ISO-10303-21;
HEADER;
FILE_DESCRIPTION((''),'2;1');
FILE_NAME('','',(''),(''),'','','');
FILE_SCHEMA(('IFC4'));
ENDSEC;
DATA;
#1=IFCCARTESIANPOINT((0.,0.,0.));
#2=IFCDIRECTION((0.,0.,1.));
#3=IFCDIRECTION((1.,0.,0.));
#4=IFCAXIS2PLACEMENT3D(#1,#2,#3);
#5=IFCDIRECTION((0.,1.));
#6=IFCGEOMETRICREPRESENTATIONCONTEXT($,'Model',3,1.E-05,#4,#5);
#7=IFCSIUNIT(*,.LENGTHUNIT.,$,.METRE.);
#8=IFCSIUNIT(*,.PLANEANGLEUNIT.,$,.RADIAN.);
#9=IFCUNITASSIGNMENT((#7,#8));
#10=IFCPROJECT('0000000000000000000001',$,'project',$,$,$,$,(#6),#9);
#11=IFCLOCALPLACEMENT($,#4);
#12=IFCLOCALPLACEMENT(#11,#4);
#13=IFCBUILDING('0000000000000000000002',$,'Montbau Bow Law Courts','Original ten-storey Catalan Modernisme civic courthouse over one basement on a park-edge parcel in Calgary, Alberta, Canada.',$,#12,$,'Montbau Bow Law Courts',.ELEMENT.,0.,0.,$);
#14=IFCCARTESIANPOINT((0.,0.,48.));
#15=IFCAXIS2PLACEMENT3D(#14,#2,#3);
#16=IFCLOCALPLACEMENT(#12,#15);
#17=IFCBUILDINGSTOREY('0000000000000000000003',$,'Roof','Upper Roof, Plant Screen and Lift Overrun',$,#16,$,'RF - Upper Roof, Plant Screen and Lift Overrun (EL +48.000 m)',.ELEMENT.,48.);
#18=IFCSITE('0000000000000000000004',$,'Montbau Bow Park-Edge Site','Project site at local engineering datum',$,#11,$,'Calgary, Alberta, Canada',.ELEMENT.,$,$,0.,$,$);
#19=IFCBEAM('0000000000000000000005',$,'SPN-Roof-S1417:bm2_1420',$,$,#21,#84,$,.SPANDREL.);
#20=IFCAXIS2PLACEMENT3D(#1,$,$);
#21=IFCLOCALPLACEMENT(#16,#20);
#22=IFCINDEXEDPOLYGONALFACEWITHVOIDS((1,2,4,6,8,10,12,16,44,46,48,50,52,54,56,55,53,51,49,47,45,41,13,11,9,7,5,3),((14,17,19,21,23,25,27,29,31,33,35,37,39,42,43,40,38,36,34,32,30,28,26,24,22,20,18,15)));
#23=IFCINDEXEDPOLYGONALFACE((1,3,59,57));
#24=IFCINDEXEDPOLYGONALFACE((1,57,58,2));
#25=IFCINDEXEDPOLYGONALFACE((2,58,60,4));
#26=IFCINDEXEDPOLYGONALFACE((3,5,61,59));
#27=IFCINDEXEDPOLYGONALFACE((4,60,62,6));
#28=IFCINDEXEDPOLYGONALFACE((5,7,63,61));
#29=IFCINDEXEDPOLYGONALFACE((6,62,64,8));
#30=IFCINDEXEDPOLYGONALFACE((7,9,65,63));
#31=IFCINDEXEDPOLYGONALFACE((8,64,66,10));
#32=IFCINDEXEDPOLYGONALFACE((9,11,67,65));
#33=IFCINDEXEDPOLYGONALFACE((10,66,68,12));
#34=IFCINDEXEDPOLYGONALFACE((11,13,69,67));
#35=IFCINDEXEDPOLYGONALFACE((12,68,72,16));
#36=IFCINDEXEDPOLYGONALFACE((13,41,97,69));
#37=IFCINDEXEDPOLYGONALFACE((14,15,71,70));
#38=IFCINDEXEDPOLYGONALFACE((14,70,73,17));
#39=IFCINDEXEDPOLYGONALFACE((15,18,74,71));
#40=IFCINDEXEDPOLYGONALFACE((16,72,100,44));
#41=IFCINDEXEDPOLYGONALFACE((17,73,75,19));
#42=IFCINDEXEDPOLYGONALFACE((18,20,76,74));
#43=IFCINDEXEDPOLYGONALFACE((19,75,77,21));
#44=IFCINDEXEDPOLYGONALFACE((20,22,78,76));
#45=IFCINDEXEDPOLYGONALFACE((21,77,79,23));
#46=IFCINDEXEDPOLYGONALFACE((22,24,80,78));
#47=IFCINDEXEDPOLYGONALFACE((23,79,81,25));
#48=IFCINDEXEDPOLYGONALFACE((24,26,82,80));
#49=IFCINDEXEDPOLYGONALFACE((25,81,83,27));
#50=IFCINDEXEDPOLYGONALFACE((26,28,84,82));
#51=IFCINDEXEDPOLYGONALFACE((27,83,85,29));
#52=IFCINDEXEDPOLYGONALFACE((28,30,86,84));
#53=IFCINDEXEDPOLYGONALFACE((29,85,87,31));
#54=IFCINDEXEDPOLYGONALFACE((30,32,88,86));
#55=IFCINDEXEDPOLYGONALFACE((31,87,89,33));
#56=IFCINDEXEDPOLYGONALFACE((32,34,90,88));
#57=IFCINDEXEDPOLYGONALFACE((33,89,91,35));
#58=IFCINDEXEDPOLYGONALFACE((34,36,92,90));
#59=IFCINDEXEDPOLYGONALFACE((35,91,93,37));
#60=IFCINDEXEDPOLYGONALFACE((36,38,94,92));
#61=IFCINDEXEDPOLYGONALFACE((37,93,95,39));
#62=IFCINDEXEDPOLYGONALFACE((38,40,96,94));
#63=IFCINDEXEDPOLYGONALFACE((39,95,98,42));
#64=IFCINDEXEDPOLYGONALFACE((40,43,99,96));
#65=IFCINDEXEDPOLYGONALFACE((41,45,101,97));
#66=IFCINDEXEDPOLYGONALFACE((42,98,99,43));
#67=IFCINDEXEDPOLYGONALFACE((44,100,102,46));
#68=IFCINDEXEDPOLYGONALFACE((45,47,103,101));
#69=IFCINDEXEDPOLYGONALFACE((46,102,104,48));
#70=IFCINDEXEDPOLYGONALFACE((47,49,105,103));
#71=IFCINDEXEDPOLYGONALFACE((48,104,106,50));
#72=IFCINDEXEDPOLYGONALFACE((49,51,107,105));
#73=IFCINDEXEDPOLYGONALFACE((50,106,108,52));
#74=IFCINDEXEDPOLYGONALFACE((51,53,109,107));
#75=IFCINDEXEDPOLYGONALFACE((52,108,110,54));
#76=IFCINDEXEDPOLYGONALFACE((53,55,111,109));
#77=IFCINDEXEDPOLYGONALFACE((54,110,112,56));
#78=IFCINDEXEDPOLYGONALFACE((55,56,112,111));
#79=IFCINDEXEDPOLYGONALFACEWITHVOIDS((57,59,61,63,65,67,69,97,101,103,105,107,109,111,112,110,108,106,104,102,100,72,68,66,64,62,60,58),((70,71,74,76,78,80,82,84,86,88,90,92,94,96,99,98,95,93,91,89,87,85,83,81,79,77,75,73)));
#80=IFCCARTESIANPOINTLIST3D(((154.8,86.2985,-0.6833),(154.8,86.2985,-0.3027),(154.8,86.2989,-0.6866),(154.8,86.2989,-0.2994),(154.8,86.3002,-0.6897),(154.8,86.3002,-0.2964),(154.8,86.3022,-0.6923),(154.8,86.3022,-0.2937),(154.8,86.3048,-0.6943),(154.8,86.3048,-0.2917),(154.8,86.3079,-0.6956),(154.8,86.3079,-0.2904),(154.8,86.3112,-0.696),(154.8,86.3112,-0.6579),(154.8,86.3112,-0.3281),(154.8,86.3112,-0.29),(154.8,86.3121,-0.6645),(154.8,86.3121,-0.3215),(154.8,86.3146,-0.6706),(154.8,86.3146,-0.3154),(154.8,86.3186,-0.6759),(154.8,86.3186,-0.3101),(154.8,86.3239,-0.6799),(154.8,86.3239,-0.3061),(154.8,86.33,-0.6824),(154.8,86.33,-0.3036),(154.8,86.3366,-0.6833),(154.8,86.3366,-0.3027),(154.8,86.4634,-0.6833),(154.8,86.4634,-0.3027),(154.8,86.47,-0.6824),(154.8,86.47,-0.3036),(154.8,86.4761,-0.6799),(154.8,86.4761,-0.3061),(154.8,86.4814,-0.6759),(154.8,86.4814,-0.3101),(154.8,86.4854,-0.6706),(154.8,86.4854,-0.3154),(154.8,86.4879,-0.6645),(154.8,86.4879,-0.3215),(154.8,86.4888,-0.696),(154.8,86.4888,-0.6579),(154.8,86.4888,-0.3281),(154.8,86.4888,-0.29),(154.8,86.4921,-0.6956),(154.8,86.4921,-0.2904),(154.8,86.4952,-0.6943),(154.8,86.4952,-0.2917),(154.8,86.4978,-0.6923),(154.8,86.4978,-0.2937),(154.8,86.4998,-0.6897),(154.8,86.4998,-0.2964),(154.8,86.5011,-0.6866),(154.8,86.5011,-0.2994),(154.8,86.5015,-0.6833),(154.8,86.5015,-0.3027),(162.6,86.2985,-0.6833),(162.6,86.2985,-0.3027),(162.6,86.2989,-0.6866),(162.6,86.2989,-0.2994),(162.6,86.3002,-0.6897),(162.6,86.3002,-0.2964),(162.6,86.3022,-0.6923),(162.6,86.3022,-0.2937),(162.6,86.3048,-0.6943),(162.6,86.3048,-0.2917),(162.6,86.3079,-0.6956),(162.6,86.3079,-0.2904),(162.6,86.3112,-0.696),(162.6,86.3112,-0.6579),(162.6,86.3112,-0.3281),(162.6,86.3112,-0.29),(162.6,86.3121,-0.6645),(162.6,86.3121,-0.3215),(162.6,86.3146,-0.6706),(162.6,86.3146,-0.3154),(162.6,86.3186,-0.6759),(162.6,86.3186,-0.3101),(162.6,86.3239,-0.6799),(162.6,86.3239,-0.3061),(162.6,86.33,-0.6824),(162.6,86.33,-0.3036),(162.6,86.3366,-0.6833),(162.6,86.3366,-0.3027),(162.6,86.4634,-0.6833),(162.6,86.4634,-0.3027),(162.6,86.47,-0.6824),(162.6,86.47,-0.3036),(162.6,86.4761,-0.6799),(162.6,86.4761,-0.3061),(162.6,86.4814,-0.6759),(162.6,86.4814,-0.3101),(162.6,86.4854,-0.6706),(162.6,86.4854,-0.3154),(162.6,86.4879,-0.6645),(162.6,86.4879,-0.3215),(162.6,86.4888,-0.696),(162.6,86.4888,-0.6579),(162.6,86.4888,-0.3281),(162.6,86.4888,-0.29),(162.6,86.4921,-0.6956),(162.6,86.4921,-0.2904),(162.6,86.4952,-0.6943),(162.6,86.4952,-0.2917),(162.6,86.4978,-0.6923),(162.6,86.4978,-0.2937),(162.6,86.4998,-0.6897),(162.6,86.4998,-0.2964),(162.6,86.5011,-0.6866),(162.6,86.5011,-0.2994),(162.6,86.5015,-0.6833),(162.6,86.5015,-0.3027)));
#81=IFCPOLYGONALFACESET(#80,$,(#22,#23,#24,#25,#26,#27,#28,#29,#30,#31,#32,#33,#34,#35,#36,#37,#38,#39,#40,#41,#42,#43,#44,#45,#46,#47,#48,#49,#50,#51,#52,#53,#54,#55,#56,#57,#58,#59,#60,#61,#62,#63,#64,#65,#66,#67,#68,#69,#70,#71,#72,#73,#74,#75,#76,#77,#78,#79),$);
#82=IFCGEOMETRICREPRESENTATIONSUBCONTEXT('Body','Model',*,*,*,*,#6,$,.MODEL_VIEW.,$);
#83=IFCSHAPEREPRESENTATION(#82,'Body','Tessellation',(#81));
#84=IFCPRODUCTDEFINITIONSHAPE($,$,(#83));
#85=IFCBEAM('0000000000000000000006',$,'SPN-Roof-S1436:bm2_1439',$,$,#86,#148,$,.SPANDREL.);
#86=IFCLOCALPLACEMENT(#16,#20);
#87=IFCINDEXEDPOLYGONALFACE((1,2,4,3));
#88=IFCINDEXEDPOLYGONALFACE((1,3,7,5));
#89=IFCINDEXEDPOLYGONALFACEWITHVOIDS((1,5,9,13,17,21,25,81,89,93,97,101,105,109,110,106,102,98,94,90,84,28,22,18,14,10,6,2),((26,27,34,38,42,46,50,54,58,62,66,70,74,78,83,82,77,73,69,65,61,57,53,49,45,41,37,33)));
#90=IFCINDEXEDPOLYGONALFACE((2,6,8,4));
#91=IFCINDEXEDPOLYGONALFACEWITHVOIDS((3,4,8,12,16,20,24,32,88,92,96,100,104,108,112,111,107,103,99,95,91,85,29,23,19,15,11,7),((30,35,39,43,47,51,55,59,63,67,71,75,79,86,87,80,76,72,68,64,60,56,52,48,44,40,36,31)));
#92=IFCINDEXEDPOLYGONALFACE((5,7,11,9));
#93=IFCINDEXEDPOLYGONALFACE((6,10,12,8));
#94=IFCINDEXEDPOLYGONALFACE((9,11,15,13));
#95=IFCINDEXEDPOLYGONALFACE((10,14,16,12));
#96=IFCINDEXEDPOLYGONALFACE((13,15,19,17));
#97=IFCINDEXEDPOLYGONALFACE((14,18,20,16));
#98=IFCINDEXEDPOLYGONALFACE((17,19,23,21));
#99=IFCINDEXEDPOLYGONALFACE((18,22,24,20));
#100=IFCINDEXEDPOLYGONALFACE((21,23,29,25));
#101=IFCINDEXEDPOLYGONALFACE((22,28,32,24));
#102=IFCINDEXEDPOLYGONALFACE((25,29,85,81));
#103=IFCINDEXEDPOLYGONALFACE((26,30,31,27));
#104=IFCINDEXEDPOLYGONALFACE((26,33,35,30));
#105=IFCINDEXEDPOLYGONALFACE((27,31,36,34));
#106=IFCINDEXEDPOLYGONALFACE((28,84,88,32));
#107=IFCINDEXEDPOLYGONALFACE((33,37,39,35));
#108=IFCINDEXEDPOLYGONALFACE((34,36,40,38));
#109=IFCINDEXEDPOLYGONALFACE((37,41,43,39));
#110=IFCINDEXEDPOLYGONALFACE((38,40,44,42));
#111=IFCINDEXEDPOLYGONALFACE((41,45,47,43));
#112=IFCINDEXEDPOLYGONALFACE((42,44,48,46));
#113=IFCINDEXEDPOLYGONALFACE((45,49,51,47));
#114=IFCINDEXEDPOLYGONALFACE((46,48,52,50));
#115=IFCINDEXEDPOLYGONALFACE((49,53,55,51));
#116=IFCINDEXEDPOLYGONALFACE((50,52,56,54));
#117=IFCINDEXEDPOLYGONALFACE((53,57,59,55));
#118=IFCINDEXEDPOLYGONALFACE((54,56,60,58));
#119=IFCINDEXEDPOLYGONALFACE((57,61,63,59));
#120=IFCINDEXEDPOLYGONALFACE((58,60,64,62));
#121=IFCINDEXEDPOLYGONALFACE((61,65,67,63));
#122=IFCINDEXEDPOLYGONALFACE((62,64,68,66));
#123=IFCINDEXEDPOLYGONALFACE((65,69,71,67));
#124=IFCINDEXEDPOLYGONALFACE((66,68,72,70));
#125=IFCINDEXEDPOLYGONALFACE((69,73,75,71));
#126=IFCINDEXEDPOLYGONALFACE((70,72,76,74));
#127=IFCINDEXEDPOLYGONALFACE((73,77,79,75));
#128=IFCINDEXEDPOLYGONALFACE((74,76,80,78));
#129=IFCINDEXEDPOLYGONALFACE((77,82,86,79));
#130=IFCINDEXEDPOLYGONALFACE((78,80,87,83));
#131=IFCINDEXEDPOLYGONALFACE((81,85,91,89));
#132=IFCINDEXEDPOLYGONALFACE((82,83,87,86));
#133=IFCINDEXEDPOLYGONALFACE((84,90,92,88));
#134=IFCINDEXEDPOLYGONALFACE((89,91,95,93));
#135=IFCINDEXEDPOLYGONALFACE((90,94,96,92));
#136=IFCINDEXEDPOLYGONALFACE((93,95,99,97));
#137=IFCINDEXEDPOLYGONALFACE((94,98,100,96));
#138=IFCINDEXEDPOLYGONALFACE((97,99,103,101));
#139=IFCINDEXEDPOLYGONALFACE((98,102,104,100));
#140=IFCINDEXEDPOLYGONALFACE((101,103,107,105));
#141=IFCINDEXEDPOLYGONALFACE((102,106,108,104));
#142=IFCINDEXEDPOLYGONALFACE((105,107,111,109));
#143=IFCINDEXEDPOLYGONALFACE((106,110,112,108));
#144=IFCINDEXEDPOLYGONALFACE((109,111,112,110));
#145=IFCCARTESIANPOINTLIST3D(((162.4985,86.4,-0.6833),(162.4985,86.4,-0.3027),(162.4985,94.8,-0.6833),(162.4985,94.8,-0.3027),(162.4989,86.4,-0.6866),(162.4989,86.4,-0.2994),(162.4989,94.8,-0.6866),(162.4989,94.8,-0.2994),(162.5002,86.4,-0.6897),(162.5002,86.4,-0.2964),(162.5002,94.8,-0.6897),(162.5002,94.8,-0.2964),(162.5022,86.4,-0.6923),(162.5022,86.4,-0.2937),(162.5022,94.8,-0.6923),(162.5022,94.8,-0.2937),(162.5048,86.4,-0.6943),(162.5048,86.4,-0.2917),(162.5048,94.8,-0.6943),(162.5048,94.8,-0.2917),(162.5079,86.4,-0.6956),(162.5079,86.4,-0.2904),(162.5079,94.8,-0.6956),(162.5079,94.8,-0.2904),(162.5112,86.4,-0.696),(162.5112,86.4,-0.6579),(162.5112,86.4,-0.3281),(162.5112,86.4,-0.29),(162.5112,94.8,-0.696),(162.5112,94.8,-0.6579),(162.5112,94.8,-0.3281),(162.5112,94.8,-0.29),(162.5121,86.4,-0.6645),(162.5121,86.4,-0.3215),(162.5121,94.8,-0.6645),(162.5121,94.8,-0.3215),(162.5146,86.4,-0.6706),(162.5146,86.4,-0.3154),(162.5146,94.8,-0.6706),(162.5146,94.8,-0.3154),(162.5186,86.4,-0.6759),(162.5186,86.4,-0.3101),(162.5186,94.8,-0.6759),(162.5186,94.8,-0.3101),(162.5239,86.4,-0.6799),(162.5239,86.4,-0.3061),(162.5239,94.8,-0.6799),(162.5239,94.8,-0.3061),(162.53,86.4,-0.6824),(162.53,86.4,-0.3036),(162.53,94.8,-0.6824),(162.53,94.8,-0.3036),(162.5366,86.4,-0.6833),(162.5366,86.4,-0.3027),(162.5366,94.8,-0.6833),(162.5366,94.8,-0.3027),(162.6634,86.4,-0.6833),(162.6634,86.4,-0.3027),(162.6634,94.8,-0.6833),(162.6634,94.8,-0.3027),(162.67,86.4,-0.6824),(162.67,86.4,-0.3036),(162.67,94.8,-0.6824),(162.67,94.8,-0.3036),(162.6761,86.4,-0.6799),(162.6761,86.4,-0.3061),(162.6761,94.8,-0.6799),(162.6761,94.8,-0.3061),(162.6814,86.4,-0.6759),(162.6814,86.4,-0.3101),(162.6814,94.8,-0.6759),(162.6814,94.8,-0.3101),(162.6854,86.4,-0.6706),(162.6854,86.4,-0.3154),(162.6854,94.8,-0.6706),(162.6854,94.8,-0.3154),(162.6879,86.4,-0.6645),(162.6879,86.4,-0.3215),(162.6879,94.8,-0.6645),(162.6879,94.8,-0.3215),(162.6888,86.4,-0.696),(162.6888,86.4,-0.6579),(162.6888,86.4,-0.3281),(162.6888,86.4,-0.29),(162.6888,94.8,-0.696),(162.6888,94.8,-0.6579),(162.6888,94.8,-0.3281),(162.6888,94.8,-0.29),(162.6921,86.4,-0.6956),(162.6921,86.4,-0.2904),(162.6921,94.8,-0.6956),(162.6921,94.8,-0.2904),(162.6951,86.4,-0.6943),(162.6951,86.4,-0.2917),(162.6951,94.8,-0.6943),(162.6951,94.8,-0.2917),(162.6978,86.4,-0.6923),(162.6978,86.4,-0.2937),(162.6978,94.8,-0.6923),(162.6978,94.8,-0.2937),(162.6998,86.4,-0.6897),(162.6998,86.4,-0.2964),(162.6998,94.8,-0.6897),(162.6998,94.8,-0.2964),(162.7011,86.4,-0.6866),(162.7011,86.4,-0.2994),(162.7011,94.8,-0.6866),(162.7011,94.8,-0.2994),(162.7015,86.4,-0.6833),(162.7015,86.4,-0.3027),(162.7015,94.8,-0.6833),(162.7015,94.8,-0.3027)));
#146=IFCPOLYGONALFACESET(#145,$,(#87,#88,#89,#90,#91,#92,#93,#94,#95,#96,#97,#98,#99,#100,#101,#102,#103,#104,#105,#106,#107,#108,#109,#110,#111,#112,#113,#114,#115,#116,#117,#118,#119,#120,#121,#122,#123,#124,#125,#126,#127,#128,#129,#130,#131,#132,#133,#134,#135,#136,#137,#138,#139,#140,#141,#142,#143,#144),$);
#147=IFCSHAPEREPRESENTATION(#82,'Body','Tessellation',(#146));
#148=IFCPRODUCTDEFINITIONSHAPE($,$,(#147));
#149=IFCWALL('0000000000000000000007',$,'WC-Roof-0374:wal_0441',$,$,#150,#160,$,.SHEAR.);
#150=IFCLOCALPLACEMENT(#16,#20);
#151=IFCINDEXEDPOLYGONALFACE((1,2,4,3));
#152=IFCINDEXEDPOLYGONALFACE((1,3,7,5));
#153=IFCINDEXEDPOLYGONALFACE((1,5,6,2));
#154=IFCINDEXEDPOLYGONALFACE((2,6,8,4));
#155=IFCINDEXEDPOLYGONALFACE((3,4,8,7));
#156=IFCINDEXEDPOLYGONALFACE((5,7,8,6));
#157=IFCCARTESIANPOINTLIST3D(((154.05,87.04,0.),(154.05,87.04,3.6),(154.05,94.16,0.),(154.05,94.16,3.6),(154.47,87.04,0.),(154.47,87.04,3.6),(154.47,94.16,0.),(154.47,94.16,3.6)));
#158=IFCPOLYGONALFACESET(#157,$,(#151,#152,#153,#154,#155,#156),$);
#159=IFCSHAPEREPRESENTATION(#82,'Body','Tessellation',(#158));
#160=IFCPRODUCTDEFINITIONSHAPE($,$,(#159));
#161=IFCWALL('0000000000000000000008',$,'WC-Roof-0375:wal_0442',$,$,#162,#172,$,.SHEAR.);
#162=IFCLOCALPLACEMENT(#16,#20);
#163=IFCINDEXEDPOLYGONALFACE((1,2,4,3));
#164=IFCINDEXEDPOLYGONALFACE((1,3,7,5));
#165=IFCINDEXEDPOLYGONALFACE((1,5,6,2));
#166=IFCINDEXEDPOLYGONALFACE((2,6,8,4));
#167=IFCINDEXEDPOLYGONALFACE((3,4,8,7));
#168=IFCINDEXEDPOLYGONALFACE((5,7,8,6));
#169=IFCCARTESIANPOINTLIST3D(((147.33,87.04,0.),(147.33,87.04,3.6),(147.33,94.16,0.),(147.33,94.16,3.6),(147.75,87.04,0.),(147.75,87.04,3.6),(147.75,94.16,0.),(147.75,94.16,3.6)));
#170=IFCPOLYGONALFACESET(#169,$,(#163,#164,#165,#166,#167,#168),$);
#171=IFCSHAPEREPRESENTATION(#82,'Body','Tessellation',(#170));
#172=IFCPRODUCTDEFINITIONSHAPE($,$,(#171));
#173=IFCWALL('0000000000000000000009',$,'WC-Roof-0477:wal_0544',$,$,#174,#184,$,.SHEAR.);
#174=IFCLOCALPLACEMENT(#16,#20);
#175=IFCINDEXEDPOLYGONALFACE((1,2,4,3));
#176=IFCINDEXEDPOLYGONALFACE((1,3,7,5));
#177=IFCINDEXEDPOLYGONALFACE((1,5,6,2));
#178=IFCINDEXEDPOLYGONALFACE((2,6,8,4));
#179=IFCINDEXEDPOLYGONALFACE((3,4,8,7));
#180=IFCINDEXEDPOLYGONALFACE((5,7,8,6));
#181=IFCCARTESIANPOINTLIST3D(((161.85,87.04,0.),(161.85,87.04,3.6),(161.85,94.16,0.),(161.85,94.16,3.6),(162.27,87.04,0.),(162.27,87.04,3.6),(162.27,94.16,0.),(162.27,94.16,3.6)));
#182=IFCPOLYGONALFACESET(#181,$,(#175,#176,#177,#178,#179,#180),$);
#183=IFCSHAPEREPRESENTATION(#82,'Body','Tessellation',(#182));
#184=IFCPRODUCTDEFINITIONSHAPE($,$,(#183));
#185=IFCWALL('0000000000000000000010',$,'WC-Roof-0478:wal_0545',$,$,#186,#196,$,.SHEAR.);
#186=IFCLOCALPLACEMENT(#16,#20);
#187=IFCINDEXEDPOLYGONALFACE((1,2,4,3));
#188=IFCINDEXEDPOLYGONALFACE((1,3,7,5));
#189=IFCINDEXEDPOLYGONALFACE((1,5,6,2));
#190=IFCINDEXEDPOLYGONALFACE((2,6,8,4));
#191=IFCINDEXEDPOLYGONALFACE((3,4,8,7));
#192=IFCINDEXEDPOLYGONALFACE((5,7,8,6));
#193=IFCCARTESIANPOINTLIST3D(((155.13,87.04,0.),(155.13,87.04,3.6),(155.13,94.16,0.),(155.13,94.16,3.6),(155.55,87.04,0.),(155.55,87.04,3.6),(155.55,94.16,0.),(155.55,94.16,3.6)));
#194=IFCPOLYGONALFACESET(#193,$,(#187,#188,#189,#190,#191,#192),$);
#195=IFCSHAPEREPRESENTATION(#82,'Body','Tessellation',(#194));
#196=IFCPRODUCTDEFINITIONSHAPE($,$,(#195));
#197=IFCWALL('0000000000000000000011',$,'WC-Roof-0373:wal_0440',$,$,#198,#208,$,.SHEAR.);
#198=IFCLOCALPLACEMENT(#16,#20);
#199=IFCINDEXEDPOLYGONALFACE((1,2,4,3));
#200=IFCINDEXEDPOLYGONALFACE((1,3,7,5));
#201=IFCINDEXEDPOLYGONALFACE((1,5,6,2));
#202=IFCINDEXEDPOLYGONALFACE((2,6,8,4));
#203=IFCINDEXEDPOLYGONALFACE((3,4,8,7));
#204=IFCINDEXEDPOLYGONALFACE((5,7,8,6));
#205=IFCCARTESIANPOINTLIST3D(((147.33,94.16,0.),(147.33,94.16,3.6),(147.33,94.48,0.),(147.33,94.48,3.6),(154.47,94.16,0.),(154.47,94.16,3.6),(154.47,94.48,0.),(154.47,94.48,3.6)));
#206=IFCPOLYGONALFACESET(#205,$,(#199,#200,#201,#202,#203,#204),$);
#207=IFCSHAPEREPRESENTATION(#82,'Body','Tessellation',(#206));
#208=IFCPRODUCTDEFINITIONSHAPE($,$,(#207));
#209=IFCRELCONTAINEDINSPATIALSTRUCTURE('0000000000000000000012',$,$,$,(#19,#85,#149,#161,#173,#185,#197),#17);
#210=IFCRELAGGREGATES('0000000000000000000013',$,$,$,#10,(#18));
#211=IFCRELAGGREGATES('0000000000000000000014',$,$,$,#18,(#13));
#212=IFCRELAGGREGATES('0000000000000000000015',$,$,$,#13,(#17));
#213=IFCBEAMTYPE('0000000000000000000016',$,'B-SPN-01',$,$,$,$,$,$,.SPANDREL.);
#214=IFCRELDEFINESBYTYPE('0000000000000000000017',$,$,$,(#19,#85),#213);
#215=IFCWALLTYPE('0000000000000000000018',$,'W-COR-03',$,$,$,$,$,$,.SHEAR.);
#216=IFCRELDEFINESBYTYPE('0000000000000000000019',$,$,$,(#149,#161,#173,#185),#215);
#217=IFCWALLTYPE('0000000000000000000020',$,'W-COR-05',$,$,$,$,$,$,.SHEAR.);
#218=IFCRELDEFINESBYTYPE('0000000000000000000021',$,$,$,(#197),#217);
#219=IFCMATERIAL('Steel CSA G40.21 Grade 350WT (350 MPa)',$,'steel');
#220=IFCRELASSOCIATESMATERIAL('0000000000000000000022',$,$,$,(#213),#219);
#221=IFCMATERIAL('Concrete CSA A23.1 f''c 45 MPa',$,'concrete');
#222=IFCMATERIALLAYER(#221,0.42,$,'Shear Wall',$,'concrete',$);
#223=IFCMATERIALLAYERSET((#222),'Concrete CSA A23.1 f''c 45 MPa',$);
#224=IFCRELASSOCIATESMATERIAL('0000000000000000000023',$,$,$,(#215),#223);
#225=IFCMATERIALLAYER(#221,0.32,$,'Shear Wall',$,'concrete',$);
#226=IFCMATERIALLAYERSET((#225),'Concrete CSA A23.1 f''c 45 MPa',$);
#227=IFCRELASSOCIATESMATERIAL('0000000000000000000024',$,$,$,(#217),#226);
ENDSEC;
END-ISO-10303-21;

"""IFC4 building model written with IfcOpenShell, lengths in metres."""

from ifc_helpers import new_model, si_unit, direction, frame, frame_2d, origin_with_axes, origin_2d_with_axis, place, context, subcontext, project, spatial, rectangle, hollow_rectangle, extrude, material, layer, layer_set, material_profile, profile_set, type_object, element, save


model = new_model("IFC4")

# Units and contexts
model_context = context("Model", 3, precision=1e-05, world=origin_with_axes(), true_north=direction((0.0, 1.0)))
body_context = subcontext(model_context, "Body", "Model", "MODEL_VIEW")
ifc_project = project(units=[si_unit("LENGTHUNIT", "METRE"), si_unit("PLANEANGLEUNIT", "RADIAN")], contexts=[model_context])

# Site, building, storey
site_placement = place(None, origin_with_axes())
site = spatial("IfcSite", under=ifc_project, at=site_placement, Name="Montbau Bow Park-Edge Site", Description="Project site at local engineering datum", LongName="Calgary, Alberta, Canada", CompositionType="ELEMENT", RefElevation=0.0)
building_placement = place(site_placement, origin_with_axes())
building = spatial("IfcBuilding", under=site, at=building_placement, Name="Montbau Bow Law Courts", Description="Original ten-storey Catalan Modernisme civic courthouse over one basement on a park-edge parcel in Calgary, Alberta, Canada.", LongName="Montbau Bow Law Courts", CompositionType="ELEMENT", ElevationOfRefHeight=0.0, ElevationOfTerrain=0.0)
storey_placement = place(building_placement, frame((0.0, 0.0, 48.0), z_axis=(0.0, 0.0, 1.0), x_axis=(1.0, 0.0, 0.0)))
storey = spatial("IfcBuildingStorey", under=building, at=storey_placement, Name="Roof", Description="Upper Roof, Plant Screen and Lift Overrun", LongName="RF - Upper Roof, Plant Screen and Lift Overrun (EL +48.000 m)", CompositionType="ELEMENT", Elevation=48.0)

# Beams
ifc_material_1 = material(Name="Steel CSA G40.21 Grade 350WT (350 MPa)", Category="steel")
ifc_material_profile_1 = material_profile(ifc_material_1, hollow_rectangle(XDim=0.203, YDim=0.406, WallThickness=0.0127, InnerFilletRadius=0.0254, OuterFilletRadius=0.0127, at=origin_2d_with_axis()), Name="HSS406X203X13", Category="Main", Priority=0)
ifc_profile_set_1 = profile_set([ifc_material_profile_1], Name="Steel CSA G40.21 Grade 350WT (350 MPa)")
beam_type_1 = type_object("IfcBeamType", Name="B-SPN-01", PredefinedType="SPANDREL", material=ifc_profile_set_1)
beam_1_placement = place(None, frame((154.8, 86.4, 47.507), z_axis=(1.0, 0.0, 0.0), x_axis=(0.0, 1.0, 0.0)))
element("IfcBeam", 1, at=beam_1_placement, inside=storey, type_object=beam_type_1, Name="SPN-Roof-S1417:bm2_1420", PredefinedType="SPANDREL", context=body_context, shape_type="SweptSolid", body=[
    extrude(hollow_rectangle(XDim=0.203, YDim=0.406, WallThickness=0.0127, InnerFilletRadius=0.0254, OuterFilletRadius=0.0127, at=origin_2d_with_axis()), origin_with_axes(), (0.0, 0.0, 1.0), 7.8),
])
beam_2_placement = place(None, frame((162.6, 86.4, 47.507), z_axis=(0.0, 1.0, 0.0), x_axis=(-1.0, 0.0, 0.0)))
element("IfcBeam", 2, at=beam_2_placement, inside=storey, type_object=beam_type_1, Name="SPN-Roof-S1436:bm2_1439", PredefinedType="SPANDREL", context=body_context, shape_type="SweptSolid", body=[
    extrude(hollow_rectangle(XDim=0.203, YDim=0.406, WallThickness=0.0127, InnerFilletRadius=0.0254, OuterFilletRadius=0.0127, at=origin_2d_with_axis()), origin_with_axes(), (0.0, 0.0, 1.0), 8.4),
])

# Walls
ifc_material_2 = material(Name="Concrete CSA A23.1 f'c 45 MPa", Category="concrete")
ifc_layer_1 = layer(ifc_material_2, 0.42, Name="Shear Wall", Category="concrete")
ifc_layer_set_1 = layer_set([ifc_layer_1], Name="Concrete CSA A23.1 f'c 45 MPa")
wall_type_1 = type_object("IfcWallType", Name="W-COR-03", PredefinedType="SHEAR", material=ifc_layer_set_1)
for number, where, z_axis, x_axis, name in (
    (3, (154.26, 87.04, 48.0), (0.0, 0.0, 1.0), (0.0, 1.0, 0.0), "WC-Roof-0374:wal_0441"),
    (4, (147.54, 94.16, 48.0), (0.0, 0.0, 1.0), (0.0, -1.0, 0.0), "WC-Roof-0375:wal_0442"),
    (5, (162.06, 87.04, 48.0), (0.0, 0.0, 1.0), (0.0, 1.0, 0.0), "WC-Roof-0477:wal_0544"),
    (6, (155.34, 94.16, 48.0), (0.0, 0.0, 1.0), (0.0, -1.0, 0.0), "WC-Roof-0478:wal_0545"),
):
    element("IfcWall", number, at=place(None, frame(where, z_axis=z_axis, x_axis=x_axis)), inside=storey, type_object=wall_type_1, Name=name, PredefinedType="SHEAR", context=body_context, shape_type="SweptSolid", body=[
        extrude(rectangle(XDim=7.12, YDim=0.42, at=frame_2d((3.56, 0.0), x_axis=(1.0, 0.0))), origin_with_axes(), (0.0, 0.0, 1.0), 3.6),
    ])
ifc_layer_2 = layer(ifc_material_2, 0.32, Name="Shear Wall", Category="concrete")
ifc_layer_set_2 = layer_set([ifc_layer_2], Name="Concrete CSA A23.1 f'c 45 MPa")
wall_type_2 = type_object("IfcWallType", Name="W-COR-05", PredefinedType="SHEAR", material=ifc_layer_set_2)
wall_1_placement = place(None, frame((154.47, 94.32, 48.0), z_axis=(0.0, 0.0, 1.0), x_axis=(-1.0, 0.0, 0.0)))
element("IfcWall", 7, at=wall_1_placement, inside=storey, type_object=wall_type_2, Name="WC-Roof-0373:wal_0440", PredefinedType="SHEAR", context=body_context, shape_type="SweptSolid", body=[
    extrude(rectangle(XDim=7.14, YDim=0.32, at=frame_2d((3.57, 0.0), x_axis=(1.0, 0.0))), origin_with_axes(), (0.0, 0.0, 1.0), 3.6),
])

save(model, "model.ifc")
